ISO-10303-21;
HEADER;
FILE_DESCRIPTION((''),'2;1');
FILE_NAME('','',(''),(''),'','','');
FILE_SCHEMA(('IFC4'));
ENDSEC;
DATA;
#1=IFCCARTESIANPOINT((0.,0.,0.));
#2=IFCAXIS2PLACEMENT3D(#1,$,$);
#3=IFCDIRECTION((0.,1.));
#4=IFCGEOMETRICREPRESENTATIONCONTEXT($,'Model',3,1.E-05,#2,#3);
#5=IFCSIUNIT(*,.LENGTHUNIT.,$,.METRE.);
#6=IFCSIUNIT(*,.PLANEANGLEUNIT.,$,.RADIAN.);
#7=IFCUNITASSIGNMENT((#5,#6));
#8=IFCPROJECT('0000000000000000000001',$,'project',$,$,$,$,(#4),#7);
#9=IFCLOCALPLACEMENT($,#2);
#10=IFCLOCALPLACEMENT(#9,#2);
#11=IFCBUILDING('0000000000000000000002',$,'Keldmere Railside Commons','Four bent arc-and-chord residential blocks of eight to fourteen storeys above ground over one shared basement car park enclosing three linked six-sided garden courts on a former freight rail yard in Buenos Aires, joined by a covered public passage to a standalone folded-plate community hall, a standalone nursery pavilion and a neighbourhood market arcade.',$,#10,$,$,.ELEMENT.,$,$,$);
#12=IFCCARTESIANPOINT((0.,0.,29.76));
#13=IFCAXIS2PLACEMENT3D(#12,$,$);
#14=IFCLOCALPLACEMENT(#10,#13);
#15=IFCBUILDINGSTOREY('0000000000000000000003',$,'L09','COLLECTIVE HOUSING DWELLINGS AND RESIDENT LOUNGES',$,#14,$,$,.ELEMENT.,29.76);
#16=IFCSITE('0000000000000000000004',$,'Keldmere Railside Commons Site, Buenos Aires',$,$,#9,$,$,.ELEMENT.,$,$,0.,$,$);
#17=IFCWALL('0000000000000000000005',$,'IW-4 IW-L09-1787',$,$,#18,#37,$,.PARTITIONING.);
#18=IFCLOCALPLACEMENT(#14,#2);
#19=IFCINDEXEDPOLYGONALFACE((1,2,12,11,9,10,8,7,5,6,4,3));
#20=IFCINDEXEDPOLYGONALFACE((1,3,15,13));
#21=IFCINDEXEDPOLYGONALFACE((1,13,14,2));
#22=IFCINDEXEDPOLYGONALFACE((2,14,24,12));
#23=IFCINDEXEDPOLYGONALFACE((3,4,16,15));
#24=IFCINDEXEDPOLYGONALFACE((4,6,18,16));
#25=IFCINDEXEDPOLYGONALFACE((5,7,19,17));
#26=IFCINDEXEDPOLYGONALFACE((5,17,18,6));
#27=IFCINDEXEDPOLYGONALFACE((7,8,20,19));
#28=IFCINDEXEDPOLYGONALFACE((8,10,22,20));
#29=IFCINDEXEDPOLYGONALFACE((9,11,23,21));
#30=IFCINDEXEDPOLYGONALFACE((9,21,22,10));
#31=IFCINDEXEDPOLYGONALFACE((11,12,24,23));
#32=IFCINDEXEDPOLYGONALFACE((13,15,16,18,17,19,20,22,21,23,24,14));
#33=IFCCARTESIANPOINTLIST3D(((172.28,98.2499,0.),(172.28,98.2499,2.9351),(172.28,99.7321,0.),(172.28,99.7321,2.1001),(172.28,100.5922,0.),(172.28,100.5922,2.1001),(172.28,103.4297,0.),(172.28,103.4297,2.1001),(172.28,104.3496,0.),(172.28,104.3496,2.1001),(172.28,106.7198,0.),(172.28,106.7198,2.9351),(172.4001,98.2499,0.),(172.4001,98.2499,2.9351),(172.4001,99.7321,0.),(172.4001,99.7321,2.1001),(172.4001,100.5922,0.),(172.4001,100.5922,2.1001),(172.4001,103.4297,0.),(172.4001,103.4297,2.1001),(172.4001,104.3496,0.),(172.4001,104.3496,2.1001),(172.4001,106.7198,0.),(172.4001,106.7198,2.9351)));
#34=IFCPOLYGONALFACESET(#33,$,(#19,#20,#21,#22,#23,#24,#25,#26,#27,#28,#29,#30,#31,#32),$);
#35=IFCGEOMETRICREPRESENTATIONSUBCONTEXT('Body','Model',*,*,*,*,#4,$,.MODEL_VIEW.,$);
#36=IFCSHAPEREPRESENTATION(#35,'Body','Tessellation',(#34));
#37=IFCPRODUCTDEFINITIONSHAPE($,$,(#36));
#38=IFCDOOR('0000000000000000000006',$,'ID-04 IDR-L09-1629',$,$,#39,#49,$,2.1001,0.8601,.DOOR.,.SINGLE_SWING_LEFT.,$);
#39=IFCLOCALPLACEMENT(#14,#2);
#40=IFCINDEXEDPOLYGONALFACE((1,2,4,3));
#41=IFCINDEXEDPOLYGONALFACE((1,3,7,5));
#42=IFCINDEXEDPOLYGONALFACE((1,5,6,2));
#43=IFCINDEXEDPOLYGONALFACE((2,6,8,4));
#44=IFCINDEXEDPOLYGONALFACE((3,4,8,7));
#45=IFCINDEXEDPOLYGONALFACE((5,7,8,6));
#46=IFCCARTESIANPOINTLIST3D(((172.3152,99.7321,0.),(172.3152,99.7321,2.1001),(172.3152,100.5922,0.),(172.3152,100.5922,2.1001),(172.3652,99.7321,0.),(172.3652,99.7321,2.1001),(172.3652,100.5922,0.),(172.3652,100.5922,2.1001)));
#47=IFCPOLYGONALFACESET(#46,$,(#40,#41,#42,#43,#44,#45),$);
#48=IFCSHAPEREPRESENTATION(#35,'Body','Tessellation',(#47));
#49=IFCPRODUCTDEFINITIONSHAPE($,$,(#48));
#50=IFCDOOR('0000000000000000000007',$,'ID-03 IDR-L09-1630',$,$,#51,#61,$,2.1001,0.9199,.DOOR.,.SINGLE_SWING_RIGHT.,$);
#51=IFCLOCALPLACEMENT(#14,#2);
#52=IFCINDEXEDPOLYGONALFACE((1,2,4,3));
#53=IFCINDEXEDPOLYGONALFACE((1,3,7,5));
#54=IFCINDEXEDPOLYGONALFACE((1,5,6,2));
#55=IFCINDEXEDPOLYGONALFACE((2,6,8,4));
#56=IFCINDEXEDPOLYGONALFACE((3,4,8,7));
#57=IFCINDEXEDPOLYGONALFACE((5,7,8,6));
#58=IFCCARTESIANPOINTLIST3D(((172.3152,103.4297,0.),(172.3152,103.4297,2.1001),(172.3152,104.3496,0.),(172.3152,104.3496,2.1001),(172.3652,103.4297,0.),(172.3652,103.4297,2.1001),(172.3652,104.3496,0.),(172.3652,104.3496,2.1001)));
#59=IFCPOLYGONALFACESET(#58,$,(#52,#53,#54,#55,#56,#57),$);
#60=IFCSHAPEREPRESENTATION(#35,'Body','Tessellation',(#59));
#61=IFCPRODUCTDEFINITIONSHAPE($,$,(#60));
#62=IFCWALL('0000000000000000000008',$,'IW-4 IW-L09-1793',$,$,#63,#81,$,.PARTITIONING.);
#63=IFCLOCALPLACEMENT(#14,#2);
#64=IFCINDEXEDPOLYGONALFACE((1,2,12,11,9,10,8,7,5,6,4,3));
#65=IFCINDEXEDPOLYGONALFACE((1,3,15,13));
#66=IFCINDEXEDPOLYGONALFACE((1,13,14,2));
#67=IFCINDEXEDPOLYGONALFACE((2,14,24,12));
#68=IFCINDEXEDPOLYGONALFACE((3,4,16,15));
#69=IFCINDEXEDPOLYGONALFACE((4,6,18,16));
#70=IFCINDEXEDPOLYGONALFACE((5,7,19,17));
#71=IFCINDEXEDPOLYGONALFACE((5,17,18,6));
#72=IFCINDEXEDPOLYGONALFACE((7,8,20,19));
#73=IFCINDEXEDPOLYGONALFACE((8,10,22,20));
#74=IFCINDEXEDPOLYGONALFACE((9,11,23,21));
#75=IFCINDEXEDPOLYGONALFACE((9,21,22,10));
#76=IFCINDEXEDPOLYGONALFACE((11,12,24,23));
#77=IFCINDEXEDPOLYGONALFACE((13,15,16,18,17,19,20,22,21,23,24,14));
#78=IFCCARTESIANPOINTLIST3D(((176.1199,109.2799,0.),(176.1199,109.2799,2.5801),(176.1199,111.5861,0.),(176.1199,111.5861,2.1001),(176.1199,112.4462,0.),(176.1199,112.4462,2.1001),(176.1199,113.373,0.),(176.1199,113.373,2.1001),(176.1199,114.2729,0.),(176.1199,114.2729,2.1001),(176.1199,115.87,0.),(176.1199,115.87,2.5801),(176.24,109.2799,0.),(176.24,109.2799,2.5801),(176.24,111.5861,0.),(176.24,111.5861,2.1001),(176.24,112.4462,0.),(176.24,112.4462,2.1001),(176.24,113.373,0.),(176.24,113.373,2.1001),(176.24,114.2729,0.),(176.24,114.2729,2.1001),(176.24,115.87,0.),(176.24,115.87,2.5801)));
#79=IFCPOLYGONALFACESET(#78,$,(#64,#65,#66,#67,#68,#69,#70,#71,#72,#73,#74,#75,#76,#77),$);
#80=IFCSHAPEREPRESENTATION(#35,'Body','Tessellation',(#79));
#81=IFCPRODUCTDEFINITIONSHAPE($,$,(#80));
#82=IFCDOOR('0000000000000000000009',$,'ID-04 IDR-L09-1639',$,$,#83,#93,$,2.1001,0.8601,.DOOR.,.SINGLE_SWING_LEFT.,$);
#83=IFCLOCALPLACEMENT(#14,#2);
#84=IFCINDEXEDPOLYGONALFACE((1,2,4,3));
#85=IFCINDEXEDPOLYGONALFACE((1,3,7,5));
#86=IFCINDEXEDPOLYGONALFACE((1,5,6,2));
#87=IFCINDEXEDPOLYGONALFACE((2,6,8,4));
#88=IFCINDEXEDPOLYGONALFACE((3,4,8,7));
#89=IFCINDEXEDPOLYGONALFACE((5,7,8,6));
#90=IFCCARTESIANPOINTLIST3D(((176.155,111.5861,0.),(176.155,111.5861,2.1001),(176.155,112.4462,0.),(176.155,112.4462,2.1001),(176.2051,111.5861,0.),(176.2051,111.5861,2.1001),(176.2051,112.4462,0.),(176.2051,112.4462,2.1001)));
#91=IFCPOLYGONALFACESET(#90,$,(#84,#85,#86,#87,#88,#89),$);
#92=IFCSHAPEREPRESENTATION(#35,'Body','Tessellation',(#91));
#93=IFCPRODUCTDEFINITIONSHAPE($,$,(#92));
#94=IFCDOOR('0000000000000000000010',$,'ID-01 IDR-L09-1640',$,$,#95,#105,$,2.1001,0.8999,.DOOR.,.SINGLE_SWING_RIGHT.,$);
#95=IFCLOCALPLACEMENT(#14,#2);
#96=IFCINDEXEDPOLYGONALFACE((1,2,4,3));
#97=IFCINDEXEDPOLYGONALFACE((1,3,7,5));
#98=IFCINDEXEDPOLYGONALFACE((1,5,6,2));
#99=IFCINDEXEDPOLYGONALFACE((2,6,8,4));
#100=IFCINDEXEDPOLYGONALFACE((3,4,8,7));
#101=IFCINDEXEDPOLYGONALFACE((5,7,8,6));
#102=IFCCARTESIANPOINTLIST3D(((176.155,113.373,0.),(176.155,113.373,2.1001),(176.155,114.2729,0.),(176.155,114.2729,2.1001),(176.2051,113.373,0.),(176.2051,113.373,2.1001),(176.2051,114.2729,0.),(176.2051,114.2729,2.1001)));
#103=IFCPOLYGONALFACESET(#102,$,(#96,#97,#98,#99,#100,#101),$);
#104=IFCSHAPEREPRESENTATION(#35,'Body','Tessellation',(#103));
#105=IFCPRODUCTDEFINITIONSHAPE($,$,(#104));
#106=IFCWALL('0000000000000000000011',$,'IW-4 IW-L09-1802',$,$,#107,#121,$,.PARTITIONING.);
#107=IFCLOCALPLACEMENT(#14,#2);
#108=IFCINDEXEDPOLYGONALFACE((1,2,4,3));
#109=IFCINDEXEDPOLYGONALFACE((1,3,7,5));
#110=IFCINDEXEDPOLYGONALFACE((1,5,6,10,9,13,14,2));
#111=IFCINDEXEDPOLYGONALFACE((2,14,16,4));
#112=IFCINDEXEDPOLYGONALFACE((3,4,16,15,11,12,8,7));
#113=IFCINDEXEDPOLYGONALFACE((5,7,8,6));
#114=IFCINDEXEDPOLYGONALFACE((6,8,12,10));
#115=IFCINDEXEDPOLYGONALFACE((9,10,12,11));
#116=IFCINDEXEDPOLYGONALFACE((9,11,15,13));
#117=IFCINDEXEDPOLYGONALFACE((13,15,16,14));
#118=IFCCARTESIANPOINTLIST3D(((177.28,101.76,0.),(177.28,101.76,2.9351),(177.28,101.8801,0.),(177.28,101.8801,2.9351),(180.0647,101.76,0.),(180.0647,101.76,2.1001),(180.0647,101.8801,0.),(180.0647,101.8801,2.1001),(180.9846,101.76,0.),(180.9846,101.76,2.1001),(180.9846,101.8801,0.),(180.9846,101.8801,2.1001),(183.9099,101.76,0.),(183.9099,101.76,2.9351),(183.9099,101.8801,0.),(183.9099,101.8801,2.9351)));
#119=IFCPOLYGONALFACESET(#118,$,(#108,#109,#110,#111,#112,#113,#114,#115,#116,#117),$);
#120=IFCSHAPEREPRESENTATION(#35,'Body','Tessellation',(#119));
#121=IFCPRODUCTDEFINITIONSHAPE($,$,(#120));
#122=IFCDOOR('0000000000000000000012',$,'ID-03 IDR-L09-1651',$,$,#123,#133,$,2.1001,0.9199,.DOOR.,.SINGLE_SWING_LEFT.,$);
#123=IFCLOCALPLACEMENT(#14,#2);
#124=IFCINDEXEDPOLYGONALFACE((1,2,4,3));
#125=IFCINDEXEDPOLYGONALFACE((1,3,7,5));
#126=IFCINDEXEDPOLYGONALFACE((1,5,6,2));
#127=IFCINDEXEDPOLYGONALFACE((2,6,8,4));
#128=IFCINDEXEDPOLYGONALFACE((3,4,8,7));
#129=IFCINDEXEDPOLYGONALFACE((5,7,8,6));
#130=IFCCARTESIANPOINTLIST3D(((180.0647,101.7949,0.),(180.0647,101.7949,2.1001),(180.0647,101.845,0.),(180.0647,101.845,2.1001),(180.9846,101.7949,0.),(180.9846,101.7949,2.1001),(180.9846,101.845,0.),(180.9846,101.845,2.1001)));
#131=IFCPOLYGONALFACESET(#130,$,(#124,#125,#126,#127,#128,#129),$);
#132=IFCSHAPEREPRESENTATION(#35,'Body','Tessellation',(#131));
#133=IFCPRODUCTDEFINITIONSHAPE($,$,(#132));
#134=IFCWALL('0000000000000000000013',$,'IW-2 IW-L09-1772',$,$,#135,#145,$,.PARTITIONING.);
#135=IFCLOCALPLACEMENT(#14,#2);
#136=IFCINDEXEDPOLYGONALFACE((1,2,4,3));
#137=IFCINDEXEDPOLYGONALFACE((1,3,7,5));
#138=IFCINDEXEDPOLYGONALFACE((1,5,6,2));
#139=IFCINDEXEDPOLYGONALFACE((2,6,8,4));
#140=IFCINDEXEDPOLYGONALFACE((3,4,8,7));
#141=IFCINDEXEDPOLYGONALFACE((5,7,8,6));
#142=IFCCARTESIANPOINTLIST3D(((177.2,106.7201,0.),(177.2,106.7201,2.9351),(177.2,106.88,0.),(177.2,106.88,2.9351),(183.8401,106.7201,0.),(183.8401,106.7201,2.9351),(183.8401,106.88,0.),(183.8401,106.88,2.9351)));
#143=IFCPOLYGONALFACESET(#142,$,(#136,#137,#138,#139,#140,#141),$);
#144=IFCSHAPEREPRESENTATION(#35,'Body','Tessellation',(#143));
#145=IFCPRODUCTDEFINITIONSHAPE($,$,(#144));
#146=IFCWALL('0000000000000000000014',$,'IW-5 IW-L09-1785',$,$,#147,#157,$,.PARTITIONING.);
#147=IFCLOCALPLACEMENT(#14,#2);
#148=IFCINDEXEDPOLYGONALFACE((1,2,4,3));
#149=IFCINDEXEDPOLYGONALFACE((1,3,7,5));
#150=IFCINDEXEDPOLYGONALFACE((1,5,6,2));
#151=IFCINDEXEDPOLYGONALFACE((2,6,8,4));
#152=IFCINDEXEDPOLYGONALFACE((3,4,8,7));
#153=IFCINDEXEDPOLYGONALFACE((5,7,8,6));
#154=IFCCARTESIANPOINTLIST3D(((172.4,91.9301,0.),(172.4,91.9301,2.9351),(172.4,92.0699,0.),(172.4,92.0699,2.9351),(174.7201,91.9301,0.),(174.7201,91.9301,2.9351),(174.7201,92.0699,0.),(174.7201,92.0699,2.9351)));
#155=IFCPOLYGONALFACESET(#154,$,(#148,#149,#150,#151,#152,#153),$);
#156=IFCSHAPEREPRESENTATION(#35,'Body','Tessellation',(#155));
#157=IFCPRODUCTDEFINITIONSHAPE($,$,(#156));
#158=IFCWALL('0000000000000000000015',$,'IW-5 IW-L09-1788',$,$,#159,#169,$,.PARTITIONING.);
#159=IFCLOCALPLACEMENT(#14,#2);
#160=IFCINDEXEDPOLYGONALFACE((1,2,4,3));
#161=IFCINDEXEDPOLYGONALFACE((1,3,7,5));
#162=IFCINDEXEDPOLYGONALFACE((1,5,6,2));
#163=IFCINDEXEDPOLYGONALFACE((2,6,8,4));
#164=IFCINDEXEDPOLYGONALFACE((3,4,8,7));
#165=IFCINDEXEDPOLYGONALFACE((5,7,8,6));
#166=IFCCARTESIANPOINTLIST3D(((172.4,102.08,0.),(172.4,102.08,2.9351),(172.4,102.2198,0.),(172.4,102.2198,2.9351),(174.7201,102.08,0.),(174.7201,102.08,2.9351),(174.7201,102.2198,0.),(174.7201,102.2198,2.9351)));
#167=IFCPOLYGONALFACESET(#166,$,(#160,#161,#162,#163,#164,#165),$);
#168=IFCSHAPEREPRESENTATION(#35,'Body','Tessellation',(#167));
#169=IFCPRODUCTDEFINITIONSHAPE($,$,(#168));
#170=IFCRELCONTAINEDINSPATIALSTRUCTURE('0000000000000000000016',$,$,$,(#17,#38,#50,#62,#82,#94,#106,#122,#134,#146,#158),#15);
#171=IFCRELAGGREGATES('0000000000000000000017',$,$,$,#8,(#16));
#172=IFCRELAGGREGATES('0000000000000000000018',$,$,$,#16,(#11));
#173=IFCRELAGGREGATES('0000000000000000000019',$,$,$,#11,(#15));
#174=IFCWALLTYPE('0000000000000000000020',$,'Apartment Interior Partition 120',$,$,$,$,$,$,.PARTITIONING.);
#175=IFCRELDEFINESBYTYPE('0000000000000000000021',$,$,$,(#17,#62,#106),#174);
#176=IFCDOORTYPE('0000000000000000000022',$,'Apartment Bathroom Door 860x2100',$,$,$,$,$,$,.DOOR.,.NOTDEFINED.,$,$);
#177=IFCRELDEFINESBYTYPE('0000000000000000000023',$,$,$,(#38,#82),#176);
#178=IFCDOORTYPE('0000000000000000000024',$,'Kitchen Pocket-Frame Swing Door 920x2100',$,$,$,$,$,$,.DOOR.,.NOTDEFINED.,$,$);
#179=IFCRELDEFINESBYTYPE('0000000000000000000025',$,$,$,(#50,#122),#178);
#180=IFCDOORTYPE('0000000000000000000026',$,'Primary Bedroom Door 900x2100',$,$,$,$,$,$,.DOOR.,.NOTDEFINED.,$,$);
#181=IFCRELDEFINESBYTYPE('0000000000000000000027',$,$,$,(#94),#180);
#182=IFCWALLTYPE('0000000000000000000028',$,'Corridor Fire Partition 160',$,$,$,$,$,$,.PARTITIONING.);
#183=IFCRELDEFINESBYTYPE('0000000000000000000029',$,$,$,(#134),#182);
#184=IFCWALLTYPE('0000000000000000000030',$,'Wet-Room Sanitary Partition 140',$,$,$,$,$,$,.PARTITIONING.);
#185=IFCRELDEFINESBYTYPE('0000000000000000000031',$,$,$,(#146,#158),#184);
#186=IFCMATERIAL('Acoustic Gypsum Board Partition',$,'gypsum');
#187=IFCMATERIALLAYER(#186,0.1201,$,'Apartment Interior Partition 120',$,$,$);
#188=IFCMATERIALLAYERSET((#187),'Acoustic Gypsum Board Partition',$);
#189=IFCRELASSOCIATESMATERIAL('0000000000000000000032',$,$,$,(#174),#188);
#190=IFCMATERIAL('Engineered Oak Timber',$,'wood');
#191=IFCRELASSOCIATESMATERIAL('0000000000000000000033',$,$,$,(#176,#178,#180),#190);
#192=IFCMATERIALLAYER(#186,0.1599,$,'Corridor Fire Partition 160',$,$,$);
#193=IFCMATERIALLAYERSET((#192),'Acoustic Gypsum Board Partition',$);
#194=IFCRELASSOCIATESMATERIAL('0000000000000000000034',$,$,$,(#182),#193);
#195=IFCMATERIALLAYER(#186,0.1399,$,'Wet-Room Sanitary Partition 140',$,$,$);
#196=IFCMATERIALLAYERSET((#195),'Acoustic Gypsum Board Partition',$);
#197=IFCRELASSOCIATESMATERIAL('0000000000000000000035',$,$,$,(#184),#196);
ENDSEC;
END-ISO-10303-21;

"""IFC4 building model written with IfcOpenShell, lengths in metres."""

from ifc_helpers import new_model, si_unit, direction, frame, frame_2d, origin, place, context, subcontext, project, spatial, rectangle, extrude, material, layer, layer_set, type_object, element, fill, save


model = new_model("IFC4")

# Units and contexts
model_context = context("Model", 3, precision=1e-05, world=origin(), true_north=direction((0.0, 1.0)))
body_context = subcontext(model_context, "Body", "Model", "MODEL_VIEW")
ifc_project = project(units=[si_unit("LENGTHUNIT", "METRE"), si_unit("PLANEANGLEUNIT", "RADIAN")], contexts=[model_context])

# Site, building, storey
site_placement = place(None, origin())
site = spatial("IfcSite", under=ifc_project, at=site_placement, Name="Keldmere Railside Commons Site, Buenos Aires", CompositionType="ELEMENT", RefElevation=0.0)
building_placement = place(site_placement, origin())
building = spatial("IfcBuilding", under=site, at=building_placement, Name="Keldmere Railside Commons", Description="Four bent arc-and-chord residential blocks of eight to fourteen storeys above ground over one shared basement car park enclosing three linked six-sided garden courts on a former freight rail yard in Buenos Aires, joined by a covered public passage to a standalone folded-plate community hall, a standalone nursery pavilion and a neighbourhood market arcade.", CompositionType="ELEMENT")
storey_placement = place(building_placement, frame((0.0, 0.0, 29.76)))
storey = spatial("IfcBuildingStorey", under=building, at=storey_placement, Name="L09", Description="COLLECTIVE HOUSING DWELLINGS AND RESIDENT LOUNGES", CompositionType="ELEMENT", Elevation=29.76)

# Shared definitions
ifc_material_1 = material(Name="Acoustic Gypsum Board Partition", Category="gypsum")

# Walls, openings, doors
ifc_layer_1 = layer(ifc_material_1, 0.1201, Name="Apartment Interior Partition 120")
ifc_layer_set_1 = layer_set([ifc_layer_1], Name="Acoustic Gypsum Board Partition")
wall_type_1 = type_object("IfcWallType", Name="Apartment Interior Partition 120", PredefinedType="PARTITIONING", material=ifc_layer_set_1)
wall_1_placement = place(storey_placement, frame((172.3401, 98.25, 0.0), z_axis=(0.0, 0.0, 1.0), x_axis=(0.0, 1.0, 0.0)))
wall_1 = element("IfcWall", 1, at=wall_1_placement, inside=storey, type_object=wall_type_1, Name="IW-4 IW-L09-1787", PredefinedType="PARTITIONING", context=body_context, shape_type="SweptSolid", body=[
    extrude(rectangle(XDim=8.47, YDim=0.1201, at=frame_2d((4.2349, 0.0))), origin(), (0.0, 0.0, 1.0), 2.9351),
])
opening_1_placement = place(wall_1_placement, frame((1.4819, 0.0, 0.0)))
opening_1 = element("IfcOpeningElement", 2, at=opening_1_placement, cuts=wall_1, PredefinedType="OPENING", context=body_context, shape_type="SweptSolid", body=[
    extrude(rectangle(XDim=0.8601, YDim=2.1001, at=frame_2d((0.4302, 1.05))), frame((0.0, 0.0701, 0.0), z_axis=(0.0, -1.0, 0.0), x_axis=(1.0, 0.0, 0.0)), (0.0, 0.0, 1.0), 0.1401),
])
opening_2_placement = place(wall_1_placement, frame((5.1797, 0.0, 0.0)))
opening_2 = element("IfcOpeningElement", 3, at=opening_2_placement, cuts=wall_1, PredefinedType="OPENING", context=body_context, shape_type="SweptSolid", body=[
    extrude(rectangle(XDim=0.9199, YDim=2.1001, at=frame_2d((0.46, 1.05))), frame((0.0, 0.0701, 0.0), z_axis=(0.0, -1.0, 0.0), x_axis=(1.0, 0.0, 0.0)), (0.0, 0.0, 1.0), 0.1401),
])
ifc_material_2 = material(Name="Engineered Oak Timber", Category="wood")
door_type_1 = type_object("IfcDoorType", Name="Apartment Bathroom Door 860x2100", OperationType="NOTDEFINED", PredefinedType="DOOR", material=ifc_material_2)
door_1_placement = place(opening_1_placement, origin())
door_1 = element("IfcDoor", 4, at=door_1_placement, inside=storey, type_object=door_type_1, Name="ID-04 IDR-L09-1629", OperationType="SINGLE_SWING_LEFT", OverallHeight=2.1001, OverallWidth=0.8601, PredefinedType="DOOR", context=body_context, shape_type="SweptSolid", body=[
    extrude(rectangle(XDim=0.8601, YDim=2.1001, at=frame_2d((0.4302, 1.05))), frame((0.0, 0.0249, 0.0), z_axis=(0.0, -1.0, 0.0), x_axis=(1.0, 0.0, 0.0)), (0.0, 0.0, 1.0), 0.05),
])
fill(opening_1, door_1)
door_type_2 = type_object("IfcDoorType", Name="Kitchen Pocket-Frame Swing Door 920x2100", OperationType="NOTDEFINED", PredefinedType="DOOR", material=ifc_material_2)
door_2_placement = place(opening_2_placement, origin())
door_2 = element("IfcDoor", 5, at=door_2_placement, inside=storey, type_object=door_type_2, Name="ID-03 IDR-L09-1630", OperationType="SINGLE_SWING_RIGHT", OverallHeight=2.1001, OverallWidth=0.9199, PredefinedType="DOOR", context=body_context, shape_type="SweptSolid", body=[
    extrude(rectangle(XDim=0.9199, YDim=2.1001, at=frame_2d((0.46, 1.05))), frame((0.0, 0.0249, 0.0), z_axis=(0.0, -1.0, 0.0), x_axis=(1.0, 0.0, 0.0)), (0.0, 0.0, 1.0), 0.05),
])
fill(opening_2, door_2)
wall_2_placement = place(storey_placement, frame((176.1799, 109.28, 0.0), z_axis=(0.0, 0.0, 1.0), x_axis=(0.0, 1.0, 0.0)))
wall_2 = element("IfcWall", 6, at=wall_2_placement, inside=storey, type_object=wall_type_1, Name="IW-4 IW-L09-1793", PredefinedType="PARTITIONING", context=body_context, shape_type="SweptSolid", body=[
    extrude(rectangle(XDim=6.5901, YDim=0.1201, at=frame_2d((3.2949, 0.0))), origin(), (0.0, 0.0, 1.0), 2.5801),
])
opening_3_placement = place(wall_2_placement, frame((2.3059, 0.0, 0.0)))
opening_3 = element("IfcOpeningElement", 7, at=opening_3_placement, cuts=wall_2, PredefinedType="OPENING", context=body_context, shape_type="SweptSolid", body=[
    extrude(rectangle(XDim=0.8601, YDim=2.1001, at=frame_2d((0.4302, 1.05))), frame((0.0, 0.0701, 0.0), z_axis=(0.0, -1.0, 0.0), x_axis=(1.0, 0.0, 0.0)), (0.0, 0.0, 1.0), 0.1401),
])
opening_4_placement = place(wall_2_placement, frame((4.093, 0.0, 0.0)))
opening_4 = element("IfcOpeningElement", 8, at=opening_4_placement, cuts=wall_2, PredefinedType="OPENING", context=body_context, shape_type="SweptSolid", body=[
    extrude(rectangle(XDim=0.8999, YDim=2.1001, at=frame_2d((0.45, 1.05))), frame((0.0, 0.0701, 0.0), z_axis=(0.0, -1.0, 0.0), x_axis=(1.0, 0.0, 0.0)), (0.0, 0.0, 1.0), 0.1401),
])
door_3_placement = place(opening_3_placement, origin())
door_3 = element("IfcDoor", 9, at=door_3_placement, inside=storey, type_object=door_type_1, Name="ID-04 IDR-L09-1639", OperationType="SINGLE_SWING_LEFT", OverallHeight=2.1001, OverallWidth=0.8601, PredefinedType="DOOR", context=body_context, shape_type="SweptSolid", body=[
    extrude(rectangle(XDim=0.8601, YDim=2.1001, at=frame_2d((0.4302, 1.05))), frame((0.0, 0.0249, 0.0), z_axis=(0.0, -1.0, 0.0), x_axis=(1.0, 0.0, 0.0)), (0.0, 0.0, 1.0), 0.05),
])
fill(opening_3, door_3)
door_type_3 = type_object("IfcDoorType", Name="Primary Bedroom Door 900x2100", OperationType="NOTDEFINED", PredefinedType="DOOR", material=ifc_material_2)
door_4_placement = place(opening_4_placement, origin())
door_4 = element("IfcDoor", 10, at=door_4_placement, inside=storey, type_object=door_type_3, Name="ID-01 IDR-L09-1640", OperationType="SINGLE_SWING_RIGHT", OverallHeight=2.1001, OverallWidth=0.8999, PredefinedType="DOOR", context=body_context, shape_type="SweptSolid", body=[
    extrude(rectangle(XDim=0.8999, YDim=2.1001, at=frame_2d((0.45, 1.05))), frame((0.0, 0.0249, 0.0), z_axis=(0.0, -1.0, 0.0), x_axis=(1.0, 0.0, 0.0)), (0.0, 0.0, 1.0), 0.05),
])
fill(opening_4, door_4)

# Wall, opening, door
wall_3_placement = place(storey_placement, frame((177.28, 101.8201, 0.0), z_axis=(0.0, 0.0, 1.0), x_axis=(1.0, 0.0, 0.0)))
wall_3 = element("IfcWall", 11, at=wall_3_placement, inside=storey, type_object=wall_type_1, Name="IW-4 IW-L09-1802", PredefinedType="PARTITIONING", context=body_context, shape_type="SweptSolid", body=[
    extrude(rectangle(XDim=6.6299, YDim=0.1201, at=frame_2d((3.3149, 0.0))), origin(), (0.0, 0.0, 1.0), 2.9351),
])
opening_5_placement = place(wall_3_placement, frame((2.7847, 0.0, 0.0)))
opening_5 = element("IfcOpeningElement", 12, at=opening_5_placement, cuts=wall_3, PredefinedType="OPENING", context=body_context, shape_type="SweptSolid", body=[
    extrude(rectangle(XDim=0.9199, YDim=2.1001, at=frame_2d((0.46, 1.05))), frame((0.0, 0.0701, 0.0), z_axis=(0.0, -1.0, 0.0), x_axis=(1.0, 0.0, 0.0)), (0.0, 0.0, 1.0), 0.1401),
])
door_5_placement = place(opening_5_placement, origin())
door_5 = element("IfcDoor", 13, at=door_5_placement, inside=storey, type_object=door_type_2, Name="ID-03 IDR-L09-1651", OperationType="SINGLE_SWING_LEFT", OverallHeight=2.1001, OverallWidth=0.9199, PredefinedType="DOOR", context=body_context, shape_type="SweptSolid", body=[
    extrude(rectangle(XDim=0.9199, YDim=2.1001, at=frame_2d((0.46, 1.05))), frame((0.0, 0.0249, 0.0), z_axis=(0.0, -1.0, 0.0), x_axis=(1.0, 0.0, 0.0)), (0.0, 0.0, 1.0), 0.05),
])
fill(opening_5, door_5)

# Walls
ifc_layer_2 = layer(ifc_material_1, 0.1599, Name="Corridor Fire Partition 160")
ifc_layer_set_2 = layer_set([ifc_layer_2], Name="Acoustic Gypsum Board Partition")
wall_type_2 = type_object("IfcWallType", Name="Corridor Fire Partition 160", PredefinedType="PARTITIONING", material=ifc_layer_set_2)
wall_4_placement = place(storey_placement, frame((177.2, 106.8, 0.0), z_axis=(0.0, 0.0, 1.0), x_axis=(1.0, 0.0, 0.0)))
element("IfcWall", 14, at=wall_4_placement, inside=storey, type_object=wall_type_2, Name="IW-2 IW-L09-1772", PredefinedType="PARTITIONING", context=body_context, shape_type="SweptSolid", body=[
    extrude(rectangle(XDim=6.6401, YDim=0.1599, at=frame_2d((3.3201, 0.0))), origin(), (0.0, 0.0, 1.0), 2.9351),
])
ifc_layer_3 = layer(ifc_material_1, 0.1399, Name="Wet-Room Sanitary Partition 140")
ifc_layer_set_3 = layer_set([ifc_layer_3], Name="Acoustic Gypsum Board Partition")
wall_type_3 = type_object("IfcWallType", Name="Wet-Room Sanitary Partition 140", PredefinedType="PARTITIONING", material=ifc_layer_set_3)
for number, where, z_axis, x_axis, name in (
    (15, (172.3999, 92.0, 0.0), (0.0, 0.0, 1.0), (1.0, 0.0, 0.0), "IW-5 IW-L09-1785"),
    (16, (172.3999, 102.1499, 0.0), (0.0, 0.0, 1.0), (1.0, 0.0, 0.0), "IW-5 IW-L09-1788"),
):
    element("IfcWall", number, at=place(storey_placement, frame(where, z_axis=z_axis, x_axis=x_axis)), inside=storey, type_object=wall_type_3, Name=name, PredefinedType="PARTITIONING", context=body_context, shape_type="SweptSolid", body=[
        extrude(rectangle(XDim=2.3201, YDim=0.1399, at=frame_2d((1.1602, 0.0))), origin(), (0.0, 0.0, 1.0), 2.9351),
    ])

save(model, "model.ifc")
